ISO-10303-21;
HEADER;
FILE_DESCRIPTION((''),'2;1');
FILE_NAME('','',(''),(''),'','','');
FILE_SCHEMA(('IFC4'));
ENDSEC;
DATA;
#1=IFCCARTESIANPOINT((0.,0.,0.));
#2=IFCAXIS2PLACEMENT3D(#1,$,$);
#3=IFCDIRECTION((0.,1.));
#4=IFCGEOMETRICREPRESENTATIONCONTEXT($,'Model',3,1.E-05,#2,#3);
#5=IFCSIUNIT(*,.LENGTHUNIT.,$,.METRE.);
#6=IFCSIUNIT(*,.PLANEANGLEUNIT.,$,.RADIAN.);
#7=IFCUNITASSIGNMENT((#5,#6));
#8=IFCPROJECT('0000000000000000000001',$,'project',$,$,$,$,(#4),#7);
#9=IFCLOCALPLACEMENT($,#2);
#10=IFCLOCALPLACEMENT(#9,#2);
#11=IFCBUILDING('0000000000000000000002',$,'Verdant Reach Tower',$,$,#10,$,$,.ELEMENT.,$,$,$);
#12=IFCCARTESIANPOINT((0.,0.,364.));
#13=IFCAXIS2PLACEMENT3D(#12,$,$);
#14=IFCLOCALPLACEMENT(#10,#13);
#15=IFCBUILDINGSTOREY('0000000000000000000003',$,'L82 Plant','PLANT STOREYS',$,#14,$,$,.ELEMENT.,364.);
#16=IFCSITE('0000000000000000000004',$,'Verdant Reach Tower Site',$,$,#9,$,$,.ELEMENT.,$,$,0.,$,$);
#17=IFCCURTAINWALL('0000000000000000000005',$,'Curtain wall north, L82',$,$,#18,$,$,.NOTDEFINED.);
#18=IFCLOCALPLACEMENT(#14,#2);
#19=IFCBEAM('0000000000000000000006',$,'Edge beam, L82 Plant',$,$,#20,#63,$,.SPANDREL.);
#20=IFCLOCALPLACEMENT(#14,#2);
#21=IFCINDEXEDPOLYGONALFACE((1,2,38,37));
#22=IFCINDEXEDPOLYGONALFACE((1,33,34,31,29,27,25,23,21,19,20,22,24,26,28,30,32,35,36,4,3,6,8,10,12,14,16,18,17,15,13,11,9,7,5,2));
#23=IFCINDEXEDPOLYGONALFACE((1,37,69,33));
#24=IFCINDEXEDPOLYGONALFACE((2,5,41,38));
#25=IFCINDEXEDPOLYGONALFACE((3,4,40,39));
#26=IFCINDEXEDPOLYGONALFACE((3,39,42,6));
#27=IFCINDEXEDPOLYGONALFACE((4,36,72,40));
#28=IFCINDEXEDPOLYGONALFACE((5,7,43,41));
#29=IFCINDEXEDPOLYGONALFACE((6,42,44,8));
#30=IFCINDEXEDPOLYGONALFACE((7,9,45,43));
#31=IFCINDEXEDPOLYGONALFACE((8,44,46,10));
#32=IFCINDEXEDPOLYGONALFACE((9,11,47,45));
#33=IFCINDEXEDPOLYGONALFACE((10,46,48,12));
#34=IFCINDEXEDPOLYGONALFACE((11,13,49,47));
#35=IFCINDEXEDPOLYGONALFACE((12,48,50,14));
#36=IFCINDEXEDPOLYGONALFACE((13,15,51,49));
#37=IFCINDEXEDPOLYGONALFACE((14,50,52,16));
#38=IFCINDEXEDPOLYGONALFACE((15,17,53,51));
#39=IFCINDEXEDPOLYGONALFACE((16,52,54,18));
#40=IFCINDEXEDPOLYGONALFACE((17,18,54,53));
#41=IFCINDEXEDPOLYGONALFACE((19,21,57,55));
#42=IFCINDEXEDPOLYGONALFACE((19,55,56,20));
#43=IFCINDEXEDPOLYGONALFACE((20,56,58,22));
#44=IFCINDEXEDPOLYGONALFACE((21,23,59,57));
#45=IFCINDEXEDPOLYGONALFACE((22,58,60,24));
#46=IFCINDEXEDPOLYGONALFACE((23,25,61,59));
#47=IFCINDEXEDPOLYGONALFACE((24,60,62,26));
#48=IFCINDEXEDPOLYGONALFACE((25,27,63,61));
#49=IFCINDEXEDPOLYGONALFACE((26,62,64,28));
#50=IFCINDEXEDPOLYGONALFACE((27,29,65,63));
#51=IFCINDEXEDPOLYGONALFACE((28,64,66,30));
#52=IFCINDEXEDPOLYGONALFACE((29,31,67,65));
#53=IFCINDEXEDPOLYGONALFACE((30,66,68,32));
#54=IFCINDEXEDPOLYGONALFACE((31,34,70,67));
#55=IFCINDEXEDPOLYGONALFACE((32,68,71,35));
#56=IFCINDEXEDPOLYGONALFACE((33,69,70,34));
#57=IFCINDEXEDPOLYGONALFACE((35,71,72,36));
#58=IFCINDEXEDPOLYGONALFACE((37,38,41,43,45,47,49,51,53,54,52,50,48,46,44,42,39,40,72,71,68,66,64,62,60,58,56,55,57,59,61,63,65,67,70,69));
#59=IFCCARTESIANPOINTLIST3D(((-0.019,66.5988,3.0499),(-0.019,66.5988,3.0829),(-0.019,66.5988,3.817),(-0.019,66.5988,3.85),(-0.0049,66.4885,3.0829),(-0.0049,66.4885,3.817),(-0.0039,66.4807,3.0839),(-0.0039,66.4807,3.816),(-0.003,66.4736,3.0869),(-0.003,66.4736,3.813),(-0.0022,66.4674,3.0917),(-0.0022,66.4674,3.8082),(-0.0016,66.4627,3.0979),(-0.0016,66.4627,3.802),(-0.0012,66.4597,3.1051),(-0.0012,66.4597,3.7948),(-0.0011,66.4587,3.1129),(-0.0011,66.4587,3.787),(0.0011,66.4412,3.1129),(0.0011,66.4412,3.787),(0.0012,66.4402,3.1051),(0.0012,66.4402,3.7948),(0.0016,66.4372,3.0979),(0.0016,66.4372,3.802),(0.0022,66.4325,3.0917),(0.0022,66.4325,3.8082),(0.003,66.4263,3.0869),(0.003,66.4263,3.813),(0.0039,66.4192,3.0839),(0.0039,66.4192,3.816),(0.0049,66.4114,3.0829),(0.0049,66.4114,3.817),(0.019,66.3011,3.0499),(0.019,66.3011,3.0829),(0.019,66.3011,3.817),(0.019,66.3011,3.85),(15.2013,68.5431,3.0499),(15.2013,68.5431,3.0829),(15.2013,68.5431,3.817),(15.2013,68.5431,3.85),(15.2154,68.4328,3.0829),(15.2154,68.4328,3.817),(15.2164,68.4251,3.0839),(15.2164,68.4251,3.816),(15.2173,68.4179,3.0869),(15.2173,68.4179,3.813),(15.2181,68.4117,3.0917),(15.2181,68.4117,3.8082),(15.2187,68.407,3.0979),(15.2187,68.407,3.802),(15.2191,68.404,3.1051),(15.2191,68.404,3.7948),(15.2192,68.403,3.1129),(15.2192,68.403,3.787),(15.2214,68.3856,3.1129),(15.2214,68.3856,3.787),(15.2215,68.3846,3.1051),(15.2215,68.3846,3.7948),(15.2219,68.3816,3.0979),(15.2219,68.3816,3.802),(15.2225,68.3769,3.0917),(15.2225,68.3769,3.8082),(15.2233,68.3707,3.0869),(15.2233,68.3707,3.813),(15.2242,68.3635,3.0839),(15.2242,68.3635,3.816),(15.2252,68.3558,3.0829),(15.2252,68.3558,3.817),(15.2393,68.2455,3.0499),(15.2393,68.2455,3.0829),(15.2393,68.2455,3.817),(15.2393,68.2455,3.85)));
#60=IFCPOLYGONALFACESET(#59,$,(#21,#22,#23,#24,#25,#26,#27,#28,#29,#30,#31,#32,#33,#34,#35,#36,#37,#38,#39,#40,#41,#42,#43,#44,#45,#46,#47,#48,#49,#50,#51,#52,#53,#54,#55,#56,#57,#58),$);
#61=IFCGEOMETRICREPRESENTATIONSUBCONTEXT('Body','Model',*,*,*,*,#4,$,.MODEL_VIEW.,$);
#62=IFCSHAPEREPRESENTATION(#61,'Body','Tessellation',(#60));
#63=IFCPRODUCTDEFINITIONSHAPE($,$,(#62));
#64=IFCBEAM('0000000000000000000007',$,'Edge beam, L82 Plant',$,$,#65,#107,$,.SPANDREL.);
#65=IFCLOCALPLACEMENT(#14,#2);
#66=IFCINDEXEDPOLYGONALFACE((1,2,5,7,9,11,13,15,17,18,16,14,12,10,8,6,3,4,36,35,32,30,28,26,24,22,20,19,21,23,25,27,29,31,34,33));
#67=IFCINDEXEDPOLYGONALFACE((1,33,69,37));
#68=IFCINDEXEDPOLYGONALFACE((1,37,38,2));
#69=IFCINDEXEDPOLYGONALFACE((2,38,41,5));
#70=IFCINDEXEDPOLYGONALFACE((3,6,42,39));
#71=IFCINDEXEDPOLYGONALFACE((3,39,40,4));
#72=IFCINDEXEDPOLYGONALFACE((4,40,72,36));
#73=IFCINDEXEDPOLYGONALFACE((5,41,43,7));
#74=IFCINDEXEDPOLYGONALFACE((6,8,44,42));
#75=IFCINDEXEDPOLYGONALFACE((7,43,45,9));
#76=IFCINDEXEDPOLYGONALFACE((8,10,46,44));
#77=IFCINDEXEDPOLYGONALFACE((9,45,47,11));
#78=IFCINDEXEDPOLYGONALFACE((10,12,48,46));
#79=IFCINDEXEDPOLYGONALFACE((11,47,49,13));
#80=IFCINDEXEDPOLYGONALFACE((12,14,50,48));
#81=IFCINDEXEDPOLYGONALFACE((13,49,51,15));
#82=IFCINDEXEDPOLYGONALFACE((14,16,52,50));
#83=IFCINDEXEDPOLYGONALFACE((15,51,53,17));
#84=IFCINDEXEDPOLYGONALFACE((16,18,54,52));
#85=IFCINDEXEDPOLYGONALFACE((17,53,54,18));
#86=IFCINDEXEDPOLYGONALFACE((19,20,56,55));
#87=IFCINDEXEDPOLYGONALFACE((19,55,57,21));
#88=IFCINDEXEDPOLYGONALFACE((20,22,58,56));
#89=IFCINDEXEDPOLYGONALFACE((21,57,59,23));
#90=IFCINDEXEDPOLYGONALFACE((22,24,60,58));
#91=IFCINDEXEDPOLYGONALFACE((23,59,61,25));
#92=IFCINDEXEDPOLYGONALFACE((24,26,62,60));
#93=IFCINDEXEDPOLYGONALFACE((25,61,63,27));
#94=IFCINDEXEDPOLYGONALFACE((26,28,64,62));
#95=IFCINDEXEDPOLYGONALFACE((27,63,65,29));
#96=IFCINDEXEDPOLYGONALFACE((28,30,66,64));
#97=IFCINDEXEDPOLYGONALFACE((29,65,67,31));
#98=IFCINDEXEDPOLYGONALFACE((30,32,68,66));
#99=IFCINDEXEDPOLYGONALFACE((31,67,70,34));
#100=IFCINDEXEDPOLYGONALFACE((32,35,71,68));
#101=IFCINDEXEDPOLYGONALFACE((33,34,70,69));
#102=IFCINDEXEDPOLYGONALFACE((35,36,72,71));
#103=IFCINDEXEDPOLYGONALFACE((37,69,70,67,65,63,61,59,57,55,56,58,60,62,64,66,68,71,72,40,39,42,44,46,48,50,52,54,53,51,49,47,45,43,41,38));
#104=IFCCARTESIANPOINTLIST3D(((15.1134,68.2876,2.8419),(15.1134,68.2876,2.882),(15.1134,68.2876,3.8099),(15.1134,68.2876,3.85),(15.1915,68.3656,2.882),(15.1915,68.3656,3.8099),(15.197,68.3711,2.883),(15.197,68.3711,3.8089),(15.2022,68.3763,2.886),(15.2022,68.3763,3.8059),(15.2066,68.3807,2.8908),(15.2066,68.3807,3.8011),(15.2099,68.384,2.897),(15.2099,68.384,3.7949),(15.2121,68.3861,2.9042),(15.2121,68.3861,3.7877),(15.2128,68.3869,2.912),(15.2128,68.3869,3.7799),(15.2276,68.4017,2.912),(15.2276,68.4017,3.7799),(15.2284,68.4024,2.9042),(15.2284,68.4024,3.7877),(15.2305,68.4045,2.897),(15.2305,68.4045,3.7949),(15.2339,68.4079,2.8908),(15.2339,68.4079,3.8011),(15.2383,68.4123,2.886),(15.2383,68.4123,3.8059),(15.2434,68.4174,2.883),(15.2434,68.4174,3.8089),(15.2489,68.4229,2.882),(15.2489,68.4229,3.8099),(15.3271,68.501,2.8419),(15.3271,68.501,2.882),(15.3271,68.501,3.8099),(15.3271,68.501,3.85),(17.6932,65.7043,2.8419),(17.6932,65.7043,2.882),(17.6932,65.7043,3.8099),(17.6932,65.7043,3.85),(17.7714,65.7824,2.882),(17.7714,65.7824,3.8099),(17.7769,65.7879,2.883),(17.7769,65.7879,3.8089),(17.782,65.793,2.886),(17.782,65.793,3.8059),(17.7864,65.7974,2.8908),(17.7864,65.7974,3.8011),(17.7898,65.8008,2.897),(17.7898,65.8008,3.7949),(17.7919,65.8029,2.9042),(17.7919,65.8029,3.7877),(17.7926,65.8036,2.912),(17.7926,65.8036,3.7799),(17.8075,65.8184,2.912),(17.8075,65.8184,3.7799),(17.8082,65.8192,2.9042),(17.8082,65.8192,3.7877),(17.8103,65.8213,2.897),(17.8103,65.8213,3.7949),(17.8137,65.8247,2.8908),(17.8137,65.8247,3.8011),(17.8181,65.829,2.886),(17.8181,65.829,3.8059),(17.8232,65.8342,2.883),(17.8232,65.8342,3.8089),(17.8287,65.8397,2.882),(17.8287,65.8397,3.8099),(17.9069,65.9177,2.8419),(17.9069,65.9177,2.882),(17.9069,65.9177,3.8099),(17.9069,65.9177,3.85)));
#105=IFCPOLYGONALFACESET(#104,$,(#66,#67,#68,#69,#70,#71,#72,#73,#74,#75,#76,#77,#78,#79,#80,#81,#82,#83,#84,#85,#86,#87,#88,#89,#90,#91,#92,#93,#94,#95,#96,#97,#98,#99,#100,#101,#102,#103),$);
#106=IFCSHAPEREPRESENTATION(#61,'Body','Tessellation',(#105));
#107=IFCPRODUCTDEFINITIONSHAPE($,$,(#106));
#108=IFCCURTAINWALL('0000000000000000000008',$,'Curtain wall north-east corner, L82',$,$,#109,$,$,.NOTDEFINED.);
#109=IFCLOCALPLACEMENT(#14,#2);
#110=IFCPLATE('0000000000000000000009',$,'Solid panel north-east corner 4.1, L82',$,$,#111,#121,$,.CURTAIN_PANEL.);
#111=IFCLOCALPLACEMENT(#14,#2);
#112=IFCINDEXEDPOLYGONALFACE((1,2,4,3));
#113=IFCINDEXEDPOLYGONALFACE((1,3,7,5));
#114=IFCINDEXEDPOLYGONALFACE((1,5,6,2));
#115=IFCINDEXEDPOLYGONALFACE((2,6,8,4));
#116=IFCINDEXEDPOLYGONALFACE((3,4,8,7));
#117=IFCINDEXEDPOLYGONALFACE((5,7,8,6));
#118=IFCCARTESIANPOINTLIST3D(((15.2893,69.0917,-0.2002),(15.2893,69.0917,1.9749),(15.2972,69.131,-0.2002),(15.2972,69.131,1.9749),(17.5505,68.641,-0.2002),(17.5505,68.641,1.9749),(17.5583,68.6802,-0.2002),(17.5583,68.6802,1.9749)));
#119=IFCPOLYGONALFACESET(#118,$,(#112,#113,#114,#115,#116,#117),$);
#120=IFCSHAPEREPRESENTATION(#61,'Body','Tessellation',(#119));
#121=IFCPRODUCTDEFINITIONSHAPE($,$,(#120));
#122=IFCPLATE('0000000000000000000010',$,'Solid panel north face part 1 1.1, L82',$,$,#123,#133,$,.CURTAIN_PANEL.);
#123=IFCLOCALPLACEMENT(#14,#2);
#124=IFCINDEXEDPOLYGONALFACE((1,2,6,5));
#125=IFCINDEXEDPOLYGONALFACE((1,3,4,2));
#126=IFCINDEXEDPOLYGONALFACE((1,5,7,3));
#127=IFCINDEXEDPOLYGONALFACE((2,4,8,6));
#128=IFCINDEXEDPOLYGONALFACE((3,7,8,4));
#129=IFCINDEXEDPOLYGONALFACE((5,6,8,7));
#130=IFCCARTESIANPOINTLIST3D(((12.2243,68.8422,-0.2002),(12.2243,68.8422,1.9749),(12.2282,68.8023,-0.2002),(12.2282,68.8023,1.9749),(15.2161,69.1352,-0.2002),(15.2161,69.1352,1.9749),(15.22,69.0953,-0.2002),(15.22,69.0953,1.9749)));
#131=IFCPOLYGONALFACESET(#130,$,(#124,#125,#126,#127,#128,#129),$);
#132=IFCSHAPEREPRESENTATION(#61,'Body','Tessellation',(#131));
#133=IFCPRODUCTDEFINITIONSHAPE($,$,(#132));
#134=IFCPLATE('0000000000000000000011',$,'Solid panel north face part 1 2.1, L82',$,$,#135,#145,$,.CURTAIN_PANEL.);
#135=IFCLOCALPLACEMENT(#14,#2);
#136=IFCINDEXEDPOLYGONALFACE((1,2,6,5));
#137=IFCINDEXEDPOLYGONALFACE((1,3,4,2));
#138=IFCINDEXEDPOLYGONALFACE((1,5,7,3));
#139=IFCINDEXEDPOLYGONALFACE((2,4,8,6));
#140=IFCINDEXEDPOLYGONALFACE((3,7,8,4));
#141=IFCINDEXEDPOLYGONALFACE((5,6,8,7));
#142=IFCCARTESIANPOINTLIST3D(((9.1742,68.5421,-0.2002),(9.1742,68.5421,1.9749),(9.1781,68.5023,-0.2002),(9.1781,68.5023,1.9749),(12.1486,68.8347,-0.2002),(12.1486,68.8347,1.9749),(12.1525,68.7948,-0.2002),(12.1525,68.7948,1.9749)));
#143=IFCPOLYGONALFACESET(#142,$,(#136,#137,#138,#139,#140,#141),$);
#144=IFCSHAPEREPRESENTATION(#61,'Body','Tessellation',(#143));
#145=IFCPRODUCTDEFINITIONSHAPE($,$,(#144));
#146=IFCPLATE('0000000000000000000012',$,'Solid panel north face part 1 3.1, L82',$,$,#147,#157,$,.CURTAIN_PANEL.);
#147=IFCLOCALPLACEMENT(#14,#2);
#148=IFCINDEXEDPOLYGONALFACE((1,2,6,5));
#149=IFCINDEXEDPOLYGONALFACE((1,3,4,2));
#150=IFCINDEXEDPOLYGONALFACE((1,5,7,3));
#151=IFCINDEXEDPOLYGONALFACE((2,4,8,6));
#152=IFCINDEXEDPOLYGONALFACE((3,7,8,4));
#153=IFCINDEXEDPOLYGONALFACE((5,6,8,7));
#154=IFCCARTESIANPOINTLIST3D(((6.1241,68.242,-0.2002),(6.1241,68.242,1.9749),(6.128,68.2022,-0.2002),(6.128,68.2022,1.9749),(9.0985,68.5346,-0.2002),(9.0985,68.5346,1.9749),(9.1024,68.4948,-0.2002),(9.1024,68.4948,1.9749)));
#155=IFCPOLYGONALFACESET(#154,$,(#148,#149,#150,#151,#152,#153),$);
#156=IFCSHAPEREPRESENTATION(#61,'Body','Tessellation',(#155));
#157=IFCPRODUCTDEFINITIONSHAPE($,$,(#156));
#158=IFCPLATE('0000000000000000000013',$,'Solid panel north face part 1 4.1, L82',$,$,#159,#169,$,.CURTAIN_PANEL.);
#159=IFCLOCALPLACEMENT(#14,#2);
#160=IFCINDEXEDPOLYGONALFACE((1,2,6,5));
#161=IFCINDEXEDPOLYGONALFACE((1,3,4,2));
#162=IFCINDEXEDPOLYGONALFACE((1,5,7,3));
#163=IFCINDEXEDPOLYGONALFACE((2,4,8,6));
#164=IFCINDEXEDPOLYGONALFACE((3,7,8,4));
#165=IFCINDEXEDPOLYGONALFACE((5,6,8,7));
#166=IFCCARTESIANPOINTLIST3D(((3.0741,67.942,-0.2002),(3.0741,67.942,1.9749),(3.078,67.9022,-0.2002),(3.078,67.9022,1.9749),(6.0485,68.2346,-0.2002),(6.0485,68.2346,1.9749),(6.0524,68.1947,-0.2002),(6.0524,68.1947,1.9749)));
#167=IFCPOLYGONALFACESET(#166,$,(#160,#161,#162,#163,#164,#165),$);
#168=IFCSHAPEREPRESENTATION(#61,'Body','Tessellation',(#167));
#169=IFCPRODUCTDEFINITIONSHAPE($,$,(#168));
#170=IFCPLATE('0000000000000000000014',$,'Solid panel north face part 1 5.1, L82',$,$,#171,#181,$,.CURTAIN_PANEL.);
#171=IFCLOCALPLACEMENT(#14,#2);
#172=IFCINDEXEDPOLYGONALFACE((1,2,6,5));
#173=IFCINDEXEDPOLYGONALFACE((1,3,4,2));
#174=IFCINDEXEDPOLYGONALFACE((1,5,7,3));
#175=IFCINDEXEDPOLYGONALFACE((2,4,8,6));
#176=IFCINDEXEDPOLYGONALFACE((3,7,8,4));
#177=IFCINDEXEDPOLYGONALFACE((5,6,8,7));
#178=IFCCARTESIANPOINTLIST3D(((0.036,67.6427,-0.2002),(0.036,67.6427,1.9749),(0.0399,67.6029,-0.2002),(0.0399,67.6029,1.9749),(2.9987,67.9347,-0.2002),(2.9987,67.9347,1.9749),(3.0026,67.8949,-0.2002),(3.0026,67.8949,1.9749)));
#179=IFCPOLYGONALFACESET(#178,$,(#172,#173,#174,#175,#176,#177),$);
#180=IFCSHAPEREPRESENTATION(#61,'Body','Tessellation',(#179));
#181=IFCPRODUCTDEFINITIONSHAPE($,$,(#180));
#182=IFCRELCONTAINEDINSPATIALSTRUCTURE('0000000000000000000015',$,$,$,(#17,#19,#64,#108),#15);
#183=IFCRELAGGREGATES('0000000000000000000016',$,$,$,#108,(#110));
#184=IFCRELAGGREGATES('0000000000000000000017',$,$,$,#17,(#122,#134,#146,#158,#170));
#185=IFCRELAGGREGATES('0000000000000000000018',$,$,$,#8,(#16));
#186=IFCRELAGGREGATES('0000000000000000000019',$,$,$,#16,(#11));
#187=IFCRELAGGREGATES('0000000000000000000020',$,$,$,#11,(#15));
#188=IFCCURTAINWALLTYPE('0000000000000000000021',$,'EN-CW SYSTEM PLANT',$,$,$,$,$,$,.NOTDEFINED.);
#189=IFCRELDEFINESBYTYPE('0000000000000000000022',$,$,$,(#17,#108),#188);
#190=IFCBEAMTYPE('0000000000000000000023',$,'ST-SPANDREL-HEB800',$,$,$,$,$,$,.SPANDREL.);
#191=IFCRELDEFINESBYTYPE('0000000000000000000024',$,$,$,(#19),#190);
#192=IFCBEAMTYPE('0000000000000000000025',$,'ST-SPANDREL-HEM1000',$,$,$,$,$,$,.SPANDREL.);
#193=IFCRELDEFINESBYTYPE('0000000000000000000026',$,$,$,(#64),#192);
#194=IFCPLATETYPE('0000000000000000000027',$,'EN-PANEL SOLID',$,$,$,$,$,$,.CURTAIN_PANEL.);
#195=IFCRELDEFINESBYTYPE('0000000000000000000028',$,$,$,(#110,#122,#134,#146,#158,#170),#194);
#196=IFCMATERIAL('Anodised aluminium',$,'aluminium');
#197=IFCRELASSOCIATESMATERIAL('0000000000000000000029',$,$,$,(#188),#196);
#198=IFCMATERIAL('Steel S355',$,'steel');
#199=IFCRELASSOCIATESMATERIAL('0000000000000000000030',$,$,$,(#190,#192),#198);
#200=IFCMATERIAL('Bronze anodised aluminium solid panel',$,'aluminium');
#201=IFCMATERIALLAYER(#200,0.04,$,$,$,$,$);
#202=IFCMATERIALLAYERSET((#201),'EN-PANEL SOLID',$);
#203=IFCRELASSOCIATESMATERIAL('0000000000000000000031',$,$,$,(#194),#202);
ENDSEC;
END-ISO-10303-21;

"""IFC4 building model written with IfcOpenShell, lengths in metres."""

from ifc_helpers import new_model, si_unit, direction, frame, origin, origin_2d, place, context, subcontext, project, spatial, rectangle, i_section, extrude, material, layer, layer_set, material_profile, profile_set, type_object, element, aggregate, save


model = new_model("IFC4")

# Units and contexts
model_context = context("Model", 3, precision=1e-05, world=origin(), true_north=direction((0.0, 1.0)))
body_context = subcontext(model_context, "Body", "Model", "MODEL_VIEW")
ifc_project = project(units=[si_unit("LENGTHUNIT", "METRE"), si_unit("PLANEANGLEUNIT", "RADIAN")], contexts=[model_context])

# Site, building, storey
site_placement = place(None, origin())
site = spatial("IfcSite", under=ifc_project, at=site_placement, Name="Verdant Reach Tower Site", CompositionType="ELEMENT", RefElevation=0.0)
building_placement = place(site_placement, origin())
building = spatial("IfcBuilding", under=site, at=building_placement, Name="Verdant Reach Tower", CompositionType="ELEMENT")
storey_placement = place(building_placement, frame((0.0, 0.0, 364.0)))
storey = spatial("IfcBuildingStorey", under=building, at=storey_placement, Name="L82 Plant", Description="PLANT STOREYS", CompositionType="ELEMENT", Elevation=364.0)

# Curtain wall
ifc_material_1 = material(Name="Anodised aluminium", Category="aluminium")
curtain_wall_type = type_object("IfcCurtainWallType", Name="EN-CW SYSTEM PLANT", PredefinedType="NOTDEFINED", material=ifc_material_1)
curtain_wall_1_placement = place(storey_placement, origin())
curtain_wall_1 = element("IfcCurtainWall", 1, at=curtain_wall_1_placement, inside=storey, type_object=curtain_wall_type, Name="Curtain wall north, L82", PredefinedType="NOTDEFINED")

# Beams
ifc_material_2 = material(Name="Steel S355", Category="steel")
ifc_material_profile_1 = material_profile(ifc_material_2, i_section(OverallWidth=0.3, OverallDepth=0.8, WebThickness=0.0176, FlangeThickness=0.033, FilletRadius=0.03, at=origin_2d()), Name="HEB 800")
ifc_profile_set_1 = profile_set([ifc_material_profile_1], Name="Steel S355")
beam_type_1 = type_object("IfcBeamType", Name="ST-SPANDREL-HEB800", PredefinedType="SPANDREL", material=ifc_profile_set_1)
beam_1_placement = place(storey_placement, frame((0.0, 66.45, 3.45), z_axis=(0.991939, 0.126717, 0.0), x_axis=(-0.126717, 0.991939, 0.0)))
element("IfcBeam", 2, at=beam_1_placement, inside=storey, type_object=beam_type_1, Name="Edge beam, L82 Plant", PredefinedType="SPANDREL", context=body_context, shape_type="SweptSolid", body=[
    extrude(i_section(OverallWidth=0.3, OverallDepth=0.8, WebThickness=0.0176, FlangeThickness=0.033, FilletRadius=0.03, at=origin_2d()), origin(), (0.0, 0.0, 1.0), 15.344),
])
ifc_material_profile_2 = material_profile(ifc_material_2, i_section(OverallWidth=0.302, OverallDepth=1.0081, WebThickness=0.021, FlangeThickness=0.04, FilletRadius=0.03, at=origin_2d()), Name="HEM 1000")
ifc_profile_set_2 = profile_set([ifc_material_profile_2], Name="Steel S355")
beam_type_2 = type_object("IfcBeamType", Name="ST-SPANDREL-HEM1000", PredefinedType="SPANDREL", material=ifc_profile_set_2)
beam_2_placement = place(storey_placement, frame((15.2202, 68.3943, 3.3459), z_axis=(0.706639, -0.707575, 0.0), x_axis=(0.707575, 0.706639, 0.0)))
element("IfcBeam", 3, at=beam_2_placement, inside=storey, type_object=beam_type_2, Name="Edge beam, L82 Plant", PredefinedType="SPANDREL", context=body_context, shape_type="SweptSolid", body=[
    extrude(i_section(OverallWidth=0.302, OverallDepth=1.0081, WebThickness=0.021, FlangeThickness=0.04, FilletRadius=0.03, at=origin_2d()), origin(), (0.0, 0.0, 1.0), 3.6509),
])

# Curtain wall, plate
curtain_wall_2_placement = place(storey_placement, origin())
curtain_wall_2 = element("IfcCurtainWall", 4, at=curtain_wall_2_placement, inside=storey, type_object=curtain_wall_type, Name="Curtain wall north-east corner, L82", PredefinedType="NOTDEFINED")
ifc_material_3 = material(Name="Bronze anodised aluminium solid panel", Category="aluminium")
ifc_layer_1 = layer(ifc_material_3, 0.04)
ifc_layer_set_1 = layer_set([ifc_layer_1], Name="EN-PANEL SOLID")
plate_type = type_object("IfcPlateType", Name="EN-PANEL SOLID", PredefinedType="CURTAIN_PANEL", material=ifc_layer_set_1)
plate_1_placement = place(storey_placement, frame((16.4238, 68.886, -0.2002), z_axis=(0.0, 0.0, 1.0), x_axis=(-0.980705, 0.195493, 0.0)))
plate_1 = element("IfcPlate", 5, at=plate_1_placement, type_object=plate_type, Name="Solid panel north-east corner 4.1, L82", PredefinedType="CURTAIN_PANEL", context=body_context, shape_type="SweptSolid", body=[
    extrude(rectangle(XDim=2.3057, YDim=0.04, at=origin_2d()), origin(), (0.0, 0.0, 1.0), 2.175),
])

# Plates
plate_2_placement = place(storey_placement, frame((13.7222, 68.9688, -0.2002), z_axis=(0.0, 0.0, 1.0), x_axis=(-0.995238, -0.097473, 0.0)))
plate_2 = element("IfcPlate", 6, at=plate_2_placement, type_object=plate_type, Name="Solid panel north face part 1 1.1, L82", PredefinedType="CURTAIN_PANEL", context=body_context, shape_type="SweptSolid", body=[
    extrude(rectangle(XDim=3.0061, YDim=0.04, at=origin_2d()), origin(), (0.0, 0.0, 1.0), 2.175),
])
plate_3_placement = place(storey_placement, frame((10.6633, 68.6685, -0.2002), z_axis=(0.0, 0.0, 1.0), x_axis=(-0.995197, -0.097888, 0.0)))
plate_3 = element("IfcPlate", 7, at=plate_3_placement, type_object=plate_type, Name="Solid panel north face part 1 2.1, L82", PredefinedType="CURTAIN_PANEL", context=body_context, shape_type="SweptSolid", body=[
    extrude(rectangle(XDim=2.9888, YDim=0.04, at=origin_2d()), origin(), (0.0, 0.0, 1.0), 2.175),
])
plate_4_placement = place(storey_placement, frame((7.6133, 68.3684, -0.2002), z_axis=(0.0, 0.0, 1.0), x_axis=(-0.995197, -0.097888, 0.0)))
plate_4 = element("IfcPlate", 8, at=plate_4_placement, type_object=plate_type, Name="Solid panel north face part 1 3.1, L82", PredefinedType="CURTAIN_PANEL", context=body_context, shape_type="SweptSolid", body=[
    extrude(rectangle(XDim=2.9888, YDim=0.04, at=origin_2d()), origin(), (0.0, 0.0, 1.0), 2.175),
])
plate_5_placement = place(storey_placement, frame((4.5632, 68.0684, -0.2002), z_axis=(0.0, 0.0, 1.0), x_axis=(-0.995197, -0.097888, 0.0)))
plate_5 = element("IfcPlate", 9, at=plate_5_placement, type_object=plate_type, Name="Solid panel north face part 1 4.1, L82", PredefinedType="CURTAIN_PANEL", context=body_context, shape_type="SweptSolid", body=[
    extrude(rectangle(XDim=2.9888, YDim=0.04, at=origin_2d()), origin(), (0.0, 0.0, 1.0), 2.175),
])
plate_6_placement = place(storey_placement, frame((1.5193, 67.7688, -0.2002), z_axis=(0.0, 0.0, 1.0), x_axis=(-0.995179, -0.098075, 0.0)))
plate_6 = element("IfcPlate", 10, at=plate_6_placement, type_object=plate_type, Name="Solid panel north face part 1 5.1, L82", PredefinedType="CURTAIN_PANEL", context=body_context, shape_type="SweptSolid", body=[
    extrude(rectangle(XDim=2.9771, YDim=0.04, at=origin_2d()), origin(), (0.0, 0.0, 1.0), 2.175),
])

aggregate(curtain_wall_2, [plate_1])
aggregate(curtain_wall_1, [plate_2, plate_3, plate_4, plate_5, plate_6])

save(model, "model.ifc")
